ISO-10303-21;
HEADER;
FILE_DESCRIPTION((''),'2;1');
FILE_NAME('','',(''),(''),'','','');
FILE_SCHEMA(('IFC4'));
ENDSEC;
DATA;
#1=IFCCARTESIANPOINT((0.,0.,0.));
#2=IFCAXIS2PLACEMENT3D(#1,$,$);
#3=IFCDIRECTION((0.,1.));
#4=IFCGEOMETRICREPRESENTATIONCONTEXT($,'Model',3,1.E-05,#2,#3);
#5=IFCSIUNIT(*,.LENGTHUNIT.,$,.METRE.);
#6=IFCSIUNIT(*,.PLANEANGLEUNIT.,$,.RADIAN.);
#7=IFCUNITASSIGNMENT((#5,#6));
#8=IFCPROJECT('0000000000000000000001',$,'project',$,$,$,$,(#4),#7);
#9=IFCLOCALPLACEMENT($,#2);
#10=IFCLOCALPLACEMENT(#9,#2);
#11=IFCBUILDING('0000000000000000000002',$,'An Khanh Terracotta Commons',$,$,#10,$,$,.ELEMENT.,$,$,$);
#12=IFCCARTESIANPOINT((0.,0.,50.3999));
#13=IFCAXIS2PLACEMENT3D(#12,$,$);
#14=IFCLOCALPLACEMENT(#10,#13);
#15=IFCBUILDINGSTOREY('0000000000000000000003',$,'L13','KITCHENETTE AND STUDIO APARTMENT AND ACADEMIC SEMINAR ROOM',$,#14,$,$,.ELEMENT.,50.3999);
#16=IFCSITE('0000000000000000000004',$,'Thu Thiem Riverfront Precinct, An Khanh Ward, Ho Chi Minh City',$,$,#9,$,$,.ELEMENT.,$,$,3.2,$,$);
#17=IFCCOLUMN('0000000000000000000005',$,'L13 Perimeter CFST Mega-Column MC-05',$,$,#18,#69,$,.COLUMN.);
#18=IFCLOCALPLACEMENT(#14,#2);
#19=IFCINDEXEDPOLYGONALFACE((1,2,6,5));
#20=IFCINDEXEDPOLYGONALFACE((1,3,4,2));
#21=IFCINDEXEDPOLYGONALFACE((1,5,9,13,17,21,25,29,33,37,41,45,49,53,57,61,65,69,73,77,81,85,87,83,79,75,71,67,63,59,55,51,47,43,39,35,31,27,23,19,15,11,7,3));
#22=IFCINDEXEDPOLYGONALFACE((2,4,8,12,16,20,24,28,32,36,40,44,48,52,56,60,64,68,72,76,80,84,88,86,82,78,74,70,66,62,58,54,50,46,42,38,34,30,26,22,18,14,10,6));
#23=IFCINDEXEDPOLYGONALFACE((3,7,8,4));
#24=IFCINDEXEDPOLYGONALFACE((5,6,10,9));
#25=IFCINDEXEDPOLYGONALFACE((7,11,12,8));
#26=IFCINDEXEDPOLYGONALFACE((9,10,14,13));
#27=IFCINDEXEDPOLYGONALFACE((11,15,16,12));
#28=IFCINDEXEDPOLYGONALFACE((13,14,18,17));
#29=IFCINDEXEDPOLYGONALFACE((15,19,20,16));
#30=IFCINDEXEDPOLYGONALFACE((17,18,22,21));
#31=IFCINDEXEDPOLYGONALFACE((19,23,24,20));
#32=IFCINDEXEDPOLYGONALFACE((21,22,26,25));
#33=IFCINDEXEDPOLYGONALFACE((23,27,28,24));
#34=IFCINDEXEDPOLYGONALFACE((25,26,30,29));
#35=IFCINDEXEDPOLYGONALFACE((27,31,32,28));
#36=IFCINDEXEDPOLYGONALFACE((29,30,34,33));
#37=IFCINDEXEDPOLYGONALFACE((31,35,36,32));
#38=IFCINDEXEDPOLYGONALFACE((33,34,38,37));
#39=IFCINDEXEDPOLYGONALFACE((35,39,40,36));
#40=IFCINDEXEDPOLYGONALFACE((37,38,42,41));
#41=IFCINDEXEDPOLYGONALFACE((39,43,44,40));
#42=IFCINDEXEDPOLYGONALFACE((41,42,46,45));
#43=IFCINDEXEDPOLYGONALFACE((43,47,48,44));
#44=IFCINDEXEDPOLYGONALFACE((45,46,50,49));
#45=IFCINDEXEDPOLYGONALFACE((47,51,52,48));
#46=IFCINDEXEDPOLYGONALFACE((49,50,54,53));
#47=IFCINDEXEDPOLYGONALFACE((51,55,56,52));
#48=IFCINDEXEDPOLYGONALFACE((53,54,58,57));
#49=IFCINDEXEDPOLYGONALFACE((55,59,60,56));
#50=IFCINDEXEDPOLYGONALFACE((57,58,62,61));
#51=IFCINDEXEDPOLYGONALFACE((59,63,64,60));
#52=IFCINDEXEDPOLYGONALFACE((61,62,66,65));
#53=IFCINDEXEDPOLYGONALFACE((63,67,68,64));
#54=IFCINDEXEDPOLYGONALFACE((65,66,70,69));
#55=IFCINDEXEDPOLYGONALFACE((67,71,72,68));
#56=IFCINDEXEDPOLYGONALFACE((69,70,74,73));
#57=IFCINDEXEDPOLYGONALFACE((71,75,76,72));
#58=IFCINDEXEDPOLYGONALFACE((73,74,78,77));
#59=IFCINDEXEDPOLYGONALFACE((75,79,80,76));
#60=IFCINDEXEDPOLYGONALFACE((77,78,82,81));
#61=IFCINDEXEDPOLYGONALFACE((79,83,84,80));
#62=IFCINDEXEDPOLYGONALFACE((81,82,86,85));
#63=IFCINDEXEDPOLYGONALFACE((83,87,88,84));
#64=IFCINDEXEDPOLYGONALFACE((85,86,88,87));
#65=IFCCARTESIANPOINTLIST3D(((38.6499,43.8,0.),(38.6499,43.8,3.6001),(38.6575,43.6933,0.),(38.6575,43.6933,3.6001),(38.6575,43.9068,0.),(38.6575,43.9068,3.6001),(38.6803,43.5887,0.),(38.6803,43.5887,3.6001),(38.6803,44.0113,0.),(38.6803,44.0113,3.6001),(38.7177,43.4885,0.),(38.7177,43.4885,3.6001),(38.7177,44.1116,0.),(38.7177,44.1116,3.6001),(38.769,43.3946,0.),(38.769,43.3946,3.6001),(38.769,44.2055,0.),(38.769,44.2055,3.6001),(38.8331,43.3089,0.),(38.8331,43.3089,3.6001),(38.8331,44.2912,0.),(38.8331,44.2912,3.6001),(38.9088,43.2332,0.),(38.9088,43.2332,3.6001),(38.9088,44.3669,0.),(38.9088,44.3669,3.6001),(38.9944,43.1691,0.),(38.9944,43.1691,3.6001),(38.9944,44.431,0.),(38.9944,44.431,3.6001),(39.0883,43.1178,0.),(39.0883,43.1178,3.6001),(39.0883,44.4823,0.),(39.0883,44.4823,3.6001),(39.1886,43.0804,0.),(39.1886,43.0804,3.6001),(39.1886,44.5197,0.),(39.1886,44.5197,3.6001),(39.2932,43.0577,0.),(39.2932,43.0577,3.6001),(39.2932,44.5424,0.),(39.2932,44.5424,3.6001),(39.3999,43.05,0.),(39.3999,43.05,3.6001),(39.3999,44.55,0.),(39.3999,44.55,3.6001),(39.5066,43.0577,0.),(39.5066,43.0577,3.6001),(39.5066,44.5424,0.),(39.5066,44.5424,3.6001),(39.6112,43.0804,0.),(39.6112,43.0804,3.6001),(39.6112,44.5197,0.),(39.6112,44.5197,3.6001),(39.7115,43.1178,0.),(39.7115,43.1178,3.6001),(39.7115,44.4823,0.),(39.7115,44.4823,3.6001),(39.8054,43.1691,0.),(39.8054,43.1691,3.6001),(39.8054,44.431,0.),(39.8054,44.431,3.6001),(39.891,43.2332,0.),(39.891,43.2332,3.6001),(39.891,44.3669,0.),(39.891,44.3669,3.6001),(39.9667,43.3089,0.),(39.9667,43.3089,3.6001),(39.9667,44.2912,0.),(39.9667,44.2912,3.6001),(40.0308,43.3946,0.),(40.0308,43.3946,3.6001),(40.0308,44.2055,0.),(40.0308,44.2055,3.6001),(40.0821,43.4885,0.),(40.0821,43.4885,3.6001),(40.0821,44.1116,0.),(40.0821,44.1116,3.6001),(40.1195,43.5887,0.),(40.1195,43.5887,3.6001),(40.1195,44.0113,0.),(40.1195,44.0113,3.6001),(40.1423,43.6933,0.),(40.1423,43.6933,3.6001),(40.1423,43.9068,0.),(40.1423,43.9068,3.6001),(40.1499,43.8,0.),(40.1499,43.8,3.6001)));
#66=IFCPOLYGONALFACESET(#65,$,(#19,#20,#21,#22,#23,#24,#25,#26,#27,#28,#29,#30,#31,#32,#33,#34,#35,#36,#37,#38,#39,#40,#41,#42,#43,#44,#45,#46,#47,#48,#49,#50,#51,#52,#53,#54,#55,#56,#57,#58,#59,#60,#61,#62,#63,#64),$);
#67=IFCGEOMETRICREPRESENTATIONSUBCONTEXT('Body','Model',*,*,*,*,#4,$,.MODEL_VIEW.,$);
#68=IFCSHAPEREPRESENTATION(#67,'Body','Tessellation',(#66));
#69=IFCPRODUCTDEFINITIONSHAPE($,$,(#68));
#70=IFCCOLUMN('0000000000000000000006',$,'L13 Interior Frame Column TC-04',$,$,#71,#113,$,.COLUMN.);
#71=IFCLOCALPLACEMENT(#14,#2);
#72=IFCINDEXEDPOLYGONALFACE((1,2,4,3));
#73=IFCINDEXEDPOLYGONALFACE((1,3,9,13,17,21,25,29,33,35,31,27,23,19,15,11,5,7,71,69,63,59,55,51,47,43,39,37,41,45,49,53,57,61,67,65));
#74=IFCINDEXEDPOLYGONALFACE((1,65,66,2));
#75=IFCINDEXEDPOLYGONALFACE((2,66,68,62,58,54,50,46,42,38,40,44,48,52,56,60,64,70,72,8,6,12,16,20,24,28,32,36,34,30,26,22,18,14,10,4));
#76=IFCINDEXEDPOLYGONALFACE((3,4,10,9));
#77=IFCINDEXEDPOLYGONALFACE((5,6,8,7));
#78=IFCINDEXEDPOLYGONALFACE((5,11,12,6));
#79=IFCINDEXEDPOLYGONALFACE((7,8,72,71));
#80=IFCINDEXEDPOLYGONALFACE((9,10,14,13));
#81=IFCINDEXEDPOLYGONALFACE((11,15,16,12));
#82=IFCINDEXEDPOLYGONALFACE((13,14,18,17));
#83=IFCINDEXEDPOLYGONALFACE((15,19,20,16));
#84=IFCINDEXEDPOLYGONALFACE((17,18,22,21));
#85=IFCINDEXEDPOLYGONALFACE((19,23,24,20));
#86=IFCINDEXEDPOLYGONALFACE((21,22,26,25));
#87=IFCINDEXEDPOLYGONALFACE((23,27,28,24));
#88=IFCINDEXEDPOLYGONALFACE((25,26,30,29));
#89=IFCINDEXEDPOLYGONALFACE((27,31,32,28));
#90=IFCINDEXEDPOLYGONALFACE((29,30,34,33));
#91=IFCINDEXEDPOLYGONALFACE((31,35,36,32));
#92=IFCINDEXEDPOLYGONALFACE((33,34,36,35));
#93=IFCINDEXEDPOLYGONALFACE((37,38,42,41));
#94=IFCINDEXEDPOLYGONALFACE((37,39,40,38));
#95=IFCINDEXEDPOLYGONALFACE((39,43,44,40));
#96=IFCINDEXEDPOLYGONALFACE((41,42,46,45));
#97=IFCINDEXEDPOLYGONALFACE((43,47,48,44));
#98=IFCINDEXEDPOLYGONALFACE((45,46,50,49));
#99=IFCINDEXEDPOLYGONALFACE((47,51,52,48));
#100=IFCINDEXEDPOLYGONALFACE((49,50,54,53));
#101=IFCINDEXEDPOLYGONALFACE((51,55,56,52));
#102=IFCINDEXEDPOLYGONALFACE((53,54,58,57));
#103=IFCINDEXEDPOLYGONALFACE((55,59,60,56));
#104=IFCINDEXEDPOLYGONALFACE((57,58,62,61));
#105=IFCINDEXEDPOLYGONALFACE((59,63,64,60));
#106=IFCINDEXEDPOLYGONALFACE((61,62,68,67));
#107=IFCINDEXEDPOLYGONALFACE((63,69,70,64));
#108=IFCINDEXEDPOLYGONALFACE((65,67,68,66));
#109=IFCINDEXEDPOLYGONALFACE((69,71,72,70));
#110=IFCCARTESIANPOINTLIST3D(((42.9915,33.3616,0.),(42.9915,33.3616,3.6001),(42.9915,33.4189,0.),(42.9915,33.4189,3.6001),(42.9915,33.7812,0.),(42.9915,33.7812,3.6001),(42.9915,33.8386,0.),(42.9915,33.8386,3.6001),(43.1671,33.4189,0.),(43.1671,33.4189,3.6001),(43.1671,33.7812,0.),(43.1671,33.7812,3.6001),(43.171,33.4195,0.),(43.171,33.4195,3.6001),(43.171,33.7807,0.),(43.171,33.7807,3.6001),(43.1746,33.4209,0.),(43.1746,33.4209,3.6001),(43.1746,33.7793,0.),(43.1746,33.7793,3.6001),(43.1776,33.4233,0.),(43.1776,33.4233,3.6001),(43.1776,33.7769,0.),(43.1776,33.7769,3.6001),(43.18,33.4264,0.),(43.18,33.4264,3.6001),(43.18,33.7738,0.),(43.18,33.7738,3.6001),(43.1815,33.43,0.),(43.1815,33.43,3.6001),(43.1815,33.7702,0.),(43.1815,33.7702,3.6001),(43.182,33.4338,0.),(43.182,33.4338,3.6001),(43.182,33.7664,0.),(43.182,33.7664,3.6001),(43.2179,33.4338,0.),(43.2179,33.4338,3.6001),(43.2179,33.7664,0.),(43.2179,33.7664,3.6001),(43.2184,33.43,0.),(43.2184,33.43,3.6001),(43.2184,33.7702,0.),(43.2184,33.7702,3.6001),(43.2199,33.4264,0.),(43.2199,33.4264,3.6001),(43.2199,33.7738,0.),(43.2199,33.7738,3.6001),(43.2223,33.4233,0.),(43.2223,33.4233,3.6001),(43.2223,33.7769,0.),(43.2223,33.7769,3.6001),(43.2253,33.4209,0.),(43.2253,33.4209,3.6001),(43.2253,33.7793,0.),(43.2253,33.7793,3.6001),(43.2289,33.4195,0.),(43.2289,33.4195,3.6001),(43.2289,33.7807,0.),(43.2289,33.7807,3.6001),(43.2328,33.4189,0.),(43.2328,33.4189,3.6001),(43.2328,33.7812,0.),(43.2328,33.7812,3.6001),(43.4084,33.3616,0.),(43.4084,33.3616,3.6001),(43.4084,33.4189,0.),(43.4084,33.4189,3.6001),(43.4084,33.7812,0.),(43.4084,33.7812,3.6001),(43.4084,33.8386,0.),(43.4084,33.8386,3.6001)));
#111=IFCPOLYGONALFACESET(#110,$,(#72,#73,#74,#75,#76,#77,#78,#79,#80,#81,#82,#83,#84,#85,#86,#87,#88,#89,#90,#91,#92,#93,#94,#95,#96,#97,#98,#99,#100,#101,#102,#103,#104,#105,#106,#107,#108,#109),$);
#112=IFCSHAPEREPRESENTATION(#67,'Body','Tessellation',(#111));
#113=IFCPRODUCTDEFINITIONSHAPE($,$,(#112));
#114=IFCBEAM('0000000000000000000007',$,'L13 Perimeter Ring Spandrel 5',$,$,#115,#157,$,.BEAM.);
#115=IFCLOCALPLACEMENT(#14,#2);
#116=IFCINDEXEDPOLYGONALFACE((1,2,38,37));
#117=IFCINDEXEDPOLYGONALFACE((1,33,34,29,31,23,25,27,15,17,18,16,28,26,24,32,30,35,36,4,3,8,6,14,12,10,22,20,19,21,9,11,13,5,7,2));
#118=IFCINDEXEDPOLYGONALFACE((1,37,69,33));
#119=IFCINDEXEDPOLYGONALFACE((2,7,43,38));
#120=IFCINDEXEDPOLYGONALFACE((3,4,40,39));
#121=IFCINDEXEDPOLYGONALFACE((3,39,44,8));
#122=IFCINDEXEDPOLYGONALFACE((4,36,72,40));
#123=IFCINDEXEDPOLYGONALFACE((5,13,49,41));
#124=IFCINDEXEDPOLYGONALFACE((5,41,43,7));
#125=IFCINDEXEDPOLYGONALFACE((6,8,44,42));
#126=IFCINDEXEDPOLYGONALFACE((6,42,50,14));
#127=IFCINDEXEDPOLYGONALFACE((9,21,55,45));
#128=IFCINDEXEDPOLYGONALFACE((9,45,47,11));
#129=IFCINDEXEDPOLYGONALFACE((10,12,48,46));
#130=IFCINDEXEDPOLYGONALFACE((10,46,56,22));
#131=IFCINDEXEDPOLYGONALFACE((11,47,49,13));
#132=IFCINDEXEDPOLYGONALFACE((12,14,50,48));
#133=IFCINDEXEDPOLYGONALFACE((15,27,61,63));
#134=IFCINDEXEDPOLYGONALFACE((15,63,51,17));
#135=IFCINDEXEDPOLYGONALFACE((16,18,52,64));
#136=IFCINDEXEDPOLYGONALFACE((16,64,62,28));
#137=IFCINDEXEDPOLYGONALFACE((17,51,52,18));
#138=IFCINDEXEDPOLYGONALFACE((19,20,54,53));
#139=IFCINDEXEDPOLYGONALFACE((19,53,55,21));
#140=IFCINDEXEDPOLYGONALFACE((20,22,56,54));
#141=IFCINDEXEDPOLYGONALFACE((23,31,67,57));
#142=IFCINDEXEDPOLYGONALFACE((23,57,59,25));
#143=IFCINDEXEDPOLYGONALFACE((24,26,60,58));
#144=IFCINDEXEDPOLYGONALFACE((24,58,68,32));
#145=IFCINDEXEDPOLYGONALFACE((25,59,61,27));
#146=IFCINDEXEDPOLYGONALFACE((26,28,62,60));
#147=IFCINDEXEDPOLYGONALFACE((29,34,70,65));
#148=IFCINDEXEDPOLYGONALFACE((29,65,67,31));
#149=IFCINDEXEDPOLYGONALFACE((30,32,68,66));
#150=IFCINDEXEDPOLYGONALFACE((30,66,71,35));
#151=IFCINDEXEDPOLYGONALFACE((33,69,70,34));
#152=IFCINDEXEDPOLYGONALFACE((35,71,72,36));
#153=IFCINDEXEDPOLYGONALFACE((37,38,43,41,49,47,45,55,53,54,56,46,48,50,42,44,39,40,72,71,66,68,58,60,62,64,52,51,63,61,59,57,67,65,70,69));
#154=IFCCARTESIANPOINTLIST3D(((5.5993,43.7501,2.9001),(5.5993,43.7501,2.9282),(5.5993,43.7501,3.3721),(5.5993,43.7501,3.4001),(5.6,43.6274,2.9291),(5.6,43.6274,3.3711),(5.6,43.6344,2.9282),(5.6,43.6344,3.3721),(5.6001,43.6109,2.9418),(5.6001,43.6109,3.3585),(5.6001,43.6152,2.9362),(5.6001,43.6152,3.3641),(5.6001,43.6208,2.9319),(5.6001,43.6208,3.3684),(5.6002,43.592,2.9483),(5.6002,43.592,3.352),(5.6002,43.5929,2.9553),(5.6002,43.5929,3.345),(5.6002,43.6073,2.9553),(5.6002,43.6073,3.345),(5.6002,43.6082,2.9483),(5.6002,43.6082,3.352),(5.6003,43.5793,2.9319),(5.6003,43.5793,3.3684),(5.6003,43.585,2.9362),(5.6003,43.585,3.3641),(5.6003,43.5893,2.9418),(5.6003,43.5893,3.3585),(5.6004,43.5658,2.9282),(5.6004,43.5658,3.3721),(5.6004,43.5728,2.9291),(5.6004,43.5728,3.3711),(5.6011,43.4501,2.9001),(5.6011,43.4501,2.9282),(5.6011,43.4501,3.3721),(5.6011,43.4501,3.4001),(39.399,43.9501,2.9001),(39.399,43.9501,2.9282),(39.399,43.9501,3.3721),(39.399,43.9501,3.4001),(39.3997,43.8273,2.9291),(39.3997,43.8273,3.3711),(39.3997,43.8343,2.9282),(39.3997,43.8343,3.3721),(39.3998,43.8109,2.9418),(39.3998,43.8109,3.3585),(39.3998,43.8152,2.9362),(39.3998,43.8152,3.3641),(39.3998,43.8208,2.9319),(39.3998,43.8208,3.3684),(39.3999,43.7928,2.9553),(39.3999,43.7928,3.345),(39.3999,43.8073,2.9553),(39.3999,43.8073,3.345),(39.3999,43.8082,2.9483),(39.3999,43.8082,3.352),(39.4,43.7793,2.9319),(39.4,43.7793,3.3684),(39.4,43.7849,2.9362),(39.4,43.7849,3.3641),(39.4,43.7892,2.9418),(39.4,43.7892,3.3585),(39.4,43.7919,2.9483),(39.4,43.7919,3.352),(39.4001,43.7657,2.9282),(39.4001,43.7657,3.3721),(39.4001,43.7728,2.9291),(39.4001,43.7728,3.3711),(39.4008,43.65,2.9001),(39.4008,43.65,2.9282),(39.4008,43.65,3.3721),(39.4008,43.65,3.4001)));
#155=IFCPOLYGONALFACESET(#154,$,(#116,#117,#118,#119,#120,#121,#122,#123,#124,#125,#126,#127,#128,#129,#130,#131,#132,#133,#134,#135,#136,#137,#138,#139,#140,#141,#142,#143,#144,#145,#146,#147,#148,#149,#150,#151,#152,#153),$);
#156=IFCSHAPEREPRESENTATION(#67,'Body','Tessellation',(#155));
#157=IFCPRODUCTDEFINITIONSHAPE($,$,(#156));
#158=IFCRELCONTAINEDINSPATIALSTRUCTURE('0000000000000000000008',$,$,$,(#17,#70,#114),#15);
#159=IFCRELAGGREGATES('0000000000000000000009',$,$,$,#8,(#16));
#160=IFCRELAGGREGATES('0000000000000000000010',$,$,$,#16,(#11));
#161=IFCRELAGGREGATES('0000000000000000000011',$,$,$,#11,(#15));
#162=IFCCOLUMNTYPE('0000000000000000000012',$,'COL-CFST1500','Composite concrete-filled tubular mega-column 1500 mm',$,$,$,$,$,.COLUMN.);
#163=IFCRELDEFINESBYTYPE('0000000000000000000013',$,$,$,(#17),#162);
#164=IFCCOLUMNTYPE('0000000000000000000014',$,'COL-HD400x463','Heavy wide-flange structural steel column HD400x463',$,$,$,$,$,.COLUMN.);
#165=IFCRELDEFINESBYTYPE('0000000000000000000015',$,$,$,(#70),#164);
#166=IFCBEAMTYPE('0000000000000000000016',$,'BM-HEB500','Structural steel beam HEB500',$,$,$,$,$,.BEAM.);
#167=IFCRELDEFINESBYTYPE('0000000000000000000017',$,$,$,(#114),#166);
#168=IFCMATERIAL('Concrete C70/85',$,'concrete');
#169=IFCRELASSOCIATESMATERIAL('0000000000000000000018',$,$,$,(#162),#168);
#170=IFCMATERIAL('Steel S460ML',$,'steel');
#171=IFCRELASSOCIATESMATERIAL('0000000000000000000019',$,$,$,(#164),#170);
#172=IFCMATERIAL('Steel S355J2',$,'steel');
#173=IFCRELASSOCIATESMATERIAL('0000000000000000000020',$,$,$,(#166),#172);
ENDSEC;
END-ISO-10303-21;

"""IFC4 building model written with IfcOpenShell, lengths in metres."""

from ifc_helpers import new_model, si_unit, direction, frame, origin, origin_2d, place, context, subcontext, project, spatial, circle, i_section, extrude, material, material_profile, profile_set, type_object, element, save


model = new_model("IFC4")

# Units and contexts
model_context = context("Model", 3, precision=1e-05, world=origin(), true_north=direction((0.0, 1.0)))
body_context = subcontext(model_context, "Body", "Model", "MODEL_VIEW")
ifc_project = project(units=[si_unit("LENGTHUNIT", "METRE"), si_unit("PLANEANGLEUNIT", "RADIAN")], contexts=[model_context])

# Site, building, storey
site_placement = place(None, origin())
site = spatial("IfcSite", under=ifc_project, at=site_placement, Name="Thu Thiem Riverfront Precinct, An Khanh Ward, Ho Chi Minh City", CompositionType="ELEMENT", RefElevation=3.2)
building_placement = place(site_placement, origin())
building = spatial("IfcBuilding", under=site, at=building_placement, Name="An Khanh Terracotta Commons", CompositionType="ELEMENT")
storey_placement = place(building_placement, frame((0.0, 0.0, 50.3999)))
storey = spatial("IfcBuildingStorey", under=building, at=storey_placement, Name="L13", Description="KITCHENETTE AND STUDIO APARTMENT AND ACADEMIC SEMINAR ROOM", CompositionType="ELEMENT", Elevation=50.3999)

# Columns
ifc_material_1 = material(Name="Concrete C70/85", Category="concrete")
ifc_material_profile_1 = material_profile(ifc_material_1, circle(Radius=0.75, at=origin_2d()), Name="CFST1500")
ifc_profile_set_1 = profile_set([ifc_material_profile_1], Name="Concrete C70/85")
column_type_1 = type_object("IfcColumnType", Name="COL-CFST1500", Description="Composite concrete-filled tubular mega-column 1500 mm", PredefinedType="COLUMN", material=ifc_profile_set_1)
column_1_placement = place(storey_placement, frame((39.3999, 43.8, 0.0), z_axis=(0.0, 0.0, 1.0), x_axis=(1.0, 0.0, 0.0)))
element("IfcColumn", 1, at=column_1_placement, inside=storey, type_object=column_type_1, Name="L13 Perimeter CFST Mega-Column MC-05", PredefinedType="COLUMN", context=body_context, shape_type="SweptSolid", body=[
    extrude(circle(Radius=0.75, at=origin_2d()), origin(), (0.0, 0.0, 1.0), 3.6001),
])
ifc_material_2 = material(Name="Steel S460ML", Category="steel")
ifc_material_profile_2 = material_profile(ifc_material_2, i_section(OverallWidth=0.417, OverallDepth=0.4771, WebThickness=0.0359, FlangeThickness=0.0574, FilletRadius=0.0149, at=origin_2d()), Name="HD400x463")
ifc_profile_set_2 = profile_set([ifc_material_profile_2], Name="Steel S460ML")
column_type_2 = type_object("IfcColumnType", Name="COL-HD400x463", Description="Heavy wide-flange structural steel column HD400x463", PredefinedType="COLUMN", material=ifc_profile_set_2)
column_2_placement = place(storey_placement, frame((43.2, 33.6001, 0.0), z_axis=(0.0, 0.0, 1.0), x_axis=(1.0, 0.0, 0.0)))
element("IfcColumn", 2, at=column_2_placement, inside=storey, type_object=column_type_2, Name="L13 Interior Frame Column TC-04", PredefinedType="COLUMN", context=body_context, shape_type="SweptSolid", body=[
    extrude(i_section(OverallWidth=0.417, OverallDepth=0.4771, WebThickness=0.0359, FlangeThickness=0.0574, FilletRadius=0.0149, at=origin_2d()), origin(), (0.0, 0.0, 1.0), 3.6001),
])

# Beam
ifc_material_3 = material(Name="Steel S355J2", Category="steel")
ifc_material_profile_3 = material_profile(ifc_material_3, i_section(OverallWidth=0.3, OverallDepth=0.5, WebThickness=0.0144, FlangeThickness=0.0281, FilletRadius=0.0271, at=origin_2d()), Name="HEB500")
ifc_profile_set_3 = profile_set([ifc_material_profile_3], Name="Steel S355J2")
beam_type_1 = type_object("IfcBeamType", Name="BM-HEB500", Description="Structural steel beam HEB500", PredefinedType="BEAM", material=ifc_profile_set_3)
beam_1_placement = place(storey_placement, frame((39.3999, 43.8, 3.1501), z_axis=(-0.999983, -0.005916, 0.0), x_axis=(0.005916, -0.999983, 0.0)))
element("IfcBeam", 3, at=beam_1_placement, inside=storey, type_object=beam_type_1, Name="L13 Perimeter Ring Spandrel 5", PredefinedType="BEAM", context=body_context, shape_type="SweptSolid", body=[
    extrude(i_section(OverallWidth=0.3, OverallDepth=0.5, WebThickness=0.0144, FlangeThickness=0.0281, FilletRadius=0.0271, at=origin_2d()), origin(), (0.0, 0.0, 1.0), 33.8003),
])

save(model, "model.ifc")
